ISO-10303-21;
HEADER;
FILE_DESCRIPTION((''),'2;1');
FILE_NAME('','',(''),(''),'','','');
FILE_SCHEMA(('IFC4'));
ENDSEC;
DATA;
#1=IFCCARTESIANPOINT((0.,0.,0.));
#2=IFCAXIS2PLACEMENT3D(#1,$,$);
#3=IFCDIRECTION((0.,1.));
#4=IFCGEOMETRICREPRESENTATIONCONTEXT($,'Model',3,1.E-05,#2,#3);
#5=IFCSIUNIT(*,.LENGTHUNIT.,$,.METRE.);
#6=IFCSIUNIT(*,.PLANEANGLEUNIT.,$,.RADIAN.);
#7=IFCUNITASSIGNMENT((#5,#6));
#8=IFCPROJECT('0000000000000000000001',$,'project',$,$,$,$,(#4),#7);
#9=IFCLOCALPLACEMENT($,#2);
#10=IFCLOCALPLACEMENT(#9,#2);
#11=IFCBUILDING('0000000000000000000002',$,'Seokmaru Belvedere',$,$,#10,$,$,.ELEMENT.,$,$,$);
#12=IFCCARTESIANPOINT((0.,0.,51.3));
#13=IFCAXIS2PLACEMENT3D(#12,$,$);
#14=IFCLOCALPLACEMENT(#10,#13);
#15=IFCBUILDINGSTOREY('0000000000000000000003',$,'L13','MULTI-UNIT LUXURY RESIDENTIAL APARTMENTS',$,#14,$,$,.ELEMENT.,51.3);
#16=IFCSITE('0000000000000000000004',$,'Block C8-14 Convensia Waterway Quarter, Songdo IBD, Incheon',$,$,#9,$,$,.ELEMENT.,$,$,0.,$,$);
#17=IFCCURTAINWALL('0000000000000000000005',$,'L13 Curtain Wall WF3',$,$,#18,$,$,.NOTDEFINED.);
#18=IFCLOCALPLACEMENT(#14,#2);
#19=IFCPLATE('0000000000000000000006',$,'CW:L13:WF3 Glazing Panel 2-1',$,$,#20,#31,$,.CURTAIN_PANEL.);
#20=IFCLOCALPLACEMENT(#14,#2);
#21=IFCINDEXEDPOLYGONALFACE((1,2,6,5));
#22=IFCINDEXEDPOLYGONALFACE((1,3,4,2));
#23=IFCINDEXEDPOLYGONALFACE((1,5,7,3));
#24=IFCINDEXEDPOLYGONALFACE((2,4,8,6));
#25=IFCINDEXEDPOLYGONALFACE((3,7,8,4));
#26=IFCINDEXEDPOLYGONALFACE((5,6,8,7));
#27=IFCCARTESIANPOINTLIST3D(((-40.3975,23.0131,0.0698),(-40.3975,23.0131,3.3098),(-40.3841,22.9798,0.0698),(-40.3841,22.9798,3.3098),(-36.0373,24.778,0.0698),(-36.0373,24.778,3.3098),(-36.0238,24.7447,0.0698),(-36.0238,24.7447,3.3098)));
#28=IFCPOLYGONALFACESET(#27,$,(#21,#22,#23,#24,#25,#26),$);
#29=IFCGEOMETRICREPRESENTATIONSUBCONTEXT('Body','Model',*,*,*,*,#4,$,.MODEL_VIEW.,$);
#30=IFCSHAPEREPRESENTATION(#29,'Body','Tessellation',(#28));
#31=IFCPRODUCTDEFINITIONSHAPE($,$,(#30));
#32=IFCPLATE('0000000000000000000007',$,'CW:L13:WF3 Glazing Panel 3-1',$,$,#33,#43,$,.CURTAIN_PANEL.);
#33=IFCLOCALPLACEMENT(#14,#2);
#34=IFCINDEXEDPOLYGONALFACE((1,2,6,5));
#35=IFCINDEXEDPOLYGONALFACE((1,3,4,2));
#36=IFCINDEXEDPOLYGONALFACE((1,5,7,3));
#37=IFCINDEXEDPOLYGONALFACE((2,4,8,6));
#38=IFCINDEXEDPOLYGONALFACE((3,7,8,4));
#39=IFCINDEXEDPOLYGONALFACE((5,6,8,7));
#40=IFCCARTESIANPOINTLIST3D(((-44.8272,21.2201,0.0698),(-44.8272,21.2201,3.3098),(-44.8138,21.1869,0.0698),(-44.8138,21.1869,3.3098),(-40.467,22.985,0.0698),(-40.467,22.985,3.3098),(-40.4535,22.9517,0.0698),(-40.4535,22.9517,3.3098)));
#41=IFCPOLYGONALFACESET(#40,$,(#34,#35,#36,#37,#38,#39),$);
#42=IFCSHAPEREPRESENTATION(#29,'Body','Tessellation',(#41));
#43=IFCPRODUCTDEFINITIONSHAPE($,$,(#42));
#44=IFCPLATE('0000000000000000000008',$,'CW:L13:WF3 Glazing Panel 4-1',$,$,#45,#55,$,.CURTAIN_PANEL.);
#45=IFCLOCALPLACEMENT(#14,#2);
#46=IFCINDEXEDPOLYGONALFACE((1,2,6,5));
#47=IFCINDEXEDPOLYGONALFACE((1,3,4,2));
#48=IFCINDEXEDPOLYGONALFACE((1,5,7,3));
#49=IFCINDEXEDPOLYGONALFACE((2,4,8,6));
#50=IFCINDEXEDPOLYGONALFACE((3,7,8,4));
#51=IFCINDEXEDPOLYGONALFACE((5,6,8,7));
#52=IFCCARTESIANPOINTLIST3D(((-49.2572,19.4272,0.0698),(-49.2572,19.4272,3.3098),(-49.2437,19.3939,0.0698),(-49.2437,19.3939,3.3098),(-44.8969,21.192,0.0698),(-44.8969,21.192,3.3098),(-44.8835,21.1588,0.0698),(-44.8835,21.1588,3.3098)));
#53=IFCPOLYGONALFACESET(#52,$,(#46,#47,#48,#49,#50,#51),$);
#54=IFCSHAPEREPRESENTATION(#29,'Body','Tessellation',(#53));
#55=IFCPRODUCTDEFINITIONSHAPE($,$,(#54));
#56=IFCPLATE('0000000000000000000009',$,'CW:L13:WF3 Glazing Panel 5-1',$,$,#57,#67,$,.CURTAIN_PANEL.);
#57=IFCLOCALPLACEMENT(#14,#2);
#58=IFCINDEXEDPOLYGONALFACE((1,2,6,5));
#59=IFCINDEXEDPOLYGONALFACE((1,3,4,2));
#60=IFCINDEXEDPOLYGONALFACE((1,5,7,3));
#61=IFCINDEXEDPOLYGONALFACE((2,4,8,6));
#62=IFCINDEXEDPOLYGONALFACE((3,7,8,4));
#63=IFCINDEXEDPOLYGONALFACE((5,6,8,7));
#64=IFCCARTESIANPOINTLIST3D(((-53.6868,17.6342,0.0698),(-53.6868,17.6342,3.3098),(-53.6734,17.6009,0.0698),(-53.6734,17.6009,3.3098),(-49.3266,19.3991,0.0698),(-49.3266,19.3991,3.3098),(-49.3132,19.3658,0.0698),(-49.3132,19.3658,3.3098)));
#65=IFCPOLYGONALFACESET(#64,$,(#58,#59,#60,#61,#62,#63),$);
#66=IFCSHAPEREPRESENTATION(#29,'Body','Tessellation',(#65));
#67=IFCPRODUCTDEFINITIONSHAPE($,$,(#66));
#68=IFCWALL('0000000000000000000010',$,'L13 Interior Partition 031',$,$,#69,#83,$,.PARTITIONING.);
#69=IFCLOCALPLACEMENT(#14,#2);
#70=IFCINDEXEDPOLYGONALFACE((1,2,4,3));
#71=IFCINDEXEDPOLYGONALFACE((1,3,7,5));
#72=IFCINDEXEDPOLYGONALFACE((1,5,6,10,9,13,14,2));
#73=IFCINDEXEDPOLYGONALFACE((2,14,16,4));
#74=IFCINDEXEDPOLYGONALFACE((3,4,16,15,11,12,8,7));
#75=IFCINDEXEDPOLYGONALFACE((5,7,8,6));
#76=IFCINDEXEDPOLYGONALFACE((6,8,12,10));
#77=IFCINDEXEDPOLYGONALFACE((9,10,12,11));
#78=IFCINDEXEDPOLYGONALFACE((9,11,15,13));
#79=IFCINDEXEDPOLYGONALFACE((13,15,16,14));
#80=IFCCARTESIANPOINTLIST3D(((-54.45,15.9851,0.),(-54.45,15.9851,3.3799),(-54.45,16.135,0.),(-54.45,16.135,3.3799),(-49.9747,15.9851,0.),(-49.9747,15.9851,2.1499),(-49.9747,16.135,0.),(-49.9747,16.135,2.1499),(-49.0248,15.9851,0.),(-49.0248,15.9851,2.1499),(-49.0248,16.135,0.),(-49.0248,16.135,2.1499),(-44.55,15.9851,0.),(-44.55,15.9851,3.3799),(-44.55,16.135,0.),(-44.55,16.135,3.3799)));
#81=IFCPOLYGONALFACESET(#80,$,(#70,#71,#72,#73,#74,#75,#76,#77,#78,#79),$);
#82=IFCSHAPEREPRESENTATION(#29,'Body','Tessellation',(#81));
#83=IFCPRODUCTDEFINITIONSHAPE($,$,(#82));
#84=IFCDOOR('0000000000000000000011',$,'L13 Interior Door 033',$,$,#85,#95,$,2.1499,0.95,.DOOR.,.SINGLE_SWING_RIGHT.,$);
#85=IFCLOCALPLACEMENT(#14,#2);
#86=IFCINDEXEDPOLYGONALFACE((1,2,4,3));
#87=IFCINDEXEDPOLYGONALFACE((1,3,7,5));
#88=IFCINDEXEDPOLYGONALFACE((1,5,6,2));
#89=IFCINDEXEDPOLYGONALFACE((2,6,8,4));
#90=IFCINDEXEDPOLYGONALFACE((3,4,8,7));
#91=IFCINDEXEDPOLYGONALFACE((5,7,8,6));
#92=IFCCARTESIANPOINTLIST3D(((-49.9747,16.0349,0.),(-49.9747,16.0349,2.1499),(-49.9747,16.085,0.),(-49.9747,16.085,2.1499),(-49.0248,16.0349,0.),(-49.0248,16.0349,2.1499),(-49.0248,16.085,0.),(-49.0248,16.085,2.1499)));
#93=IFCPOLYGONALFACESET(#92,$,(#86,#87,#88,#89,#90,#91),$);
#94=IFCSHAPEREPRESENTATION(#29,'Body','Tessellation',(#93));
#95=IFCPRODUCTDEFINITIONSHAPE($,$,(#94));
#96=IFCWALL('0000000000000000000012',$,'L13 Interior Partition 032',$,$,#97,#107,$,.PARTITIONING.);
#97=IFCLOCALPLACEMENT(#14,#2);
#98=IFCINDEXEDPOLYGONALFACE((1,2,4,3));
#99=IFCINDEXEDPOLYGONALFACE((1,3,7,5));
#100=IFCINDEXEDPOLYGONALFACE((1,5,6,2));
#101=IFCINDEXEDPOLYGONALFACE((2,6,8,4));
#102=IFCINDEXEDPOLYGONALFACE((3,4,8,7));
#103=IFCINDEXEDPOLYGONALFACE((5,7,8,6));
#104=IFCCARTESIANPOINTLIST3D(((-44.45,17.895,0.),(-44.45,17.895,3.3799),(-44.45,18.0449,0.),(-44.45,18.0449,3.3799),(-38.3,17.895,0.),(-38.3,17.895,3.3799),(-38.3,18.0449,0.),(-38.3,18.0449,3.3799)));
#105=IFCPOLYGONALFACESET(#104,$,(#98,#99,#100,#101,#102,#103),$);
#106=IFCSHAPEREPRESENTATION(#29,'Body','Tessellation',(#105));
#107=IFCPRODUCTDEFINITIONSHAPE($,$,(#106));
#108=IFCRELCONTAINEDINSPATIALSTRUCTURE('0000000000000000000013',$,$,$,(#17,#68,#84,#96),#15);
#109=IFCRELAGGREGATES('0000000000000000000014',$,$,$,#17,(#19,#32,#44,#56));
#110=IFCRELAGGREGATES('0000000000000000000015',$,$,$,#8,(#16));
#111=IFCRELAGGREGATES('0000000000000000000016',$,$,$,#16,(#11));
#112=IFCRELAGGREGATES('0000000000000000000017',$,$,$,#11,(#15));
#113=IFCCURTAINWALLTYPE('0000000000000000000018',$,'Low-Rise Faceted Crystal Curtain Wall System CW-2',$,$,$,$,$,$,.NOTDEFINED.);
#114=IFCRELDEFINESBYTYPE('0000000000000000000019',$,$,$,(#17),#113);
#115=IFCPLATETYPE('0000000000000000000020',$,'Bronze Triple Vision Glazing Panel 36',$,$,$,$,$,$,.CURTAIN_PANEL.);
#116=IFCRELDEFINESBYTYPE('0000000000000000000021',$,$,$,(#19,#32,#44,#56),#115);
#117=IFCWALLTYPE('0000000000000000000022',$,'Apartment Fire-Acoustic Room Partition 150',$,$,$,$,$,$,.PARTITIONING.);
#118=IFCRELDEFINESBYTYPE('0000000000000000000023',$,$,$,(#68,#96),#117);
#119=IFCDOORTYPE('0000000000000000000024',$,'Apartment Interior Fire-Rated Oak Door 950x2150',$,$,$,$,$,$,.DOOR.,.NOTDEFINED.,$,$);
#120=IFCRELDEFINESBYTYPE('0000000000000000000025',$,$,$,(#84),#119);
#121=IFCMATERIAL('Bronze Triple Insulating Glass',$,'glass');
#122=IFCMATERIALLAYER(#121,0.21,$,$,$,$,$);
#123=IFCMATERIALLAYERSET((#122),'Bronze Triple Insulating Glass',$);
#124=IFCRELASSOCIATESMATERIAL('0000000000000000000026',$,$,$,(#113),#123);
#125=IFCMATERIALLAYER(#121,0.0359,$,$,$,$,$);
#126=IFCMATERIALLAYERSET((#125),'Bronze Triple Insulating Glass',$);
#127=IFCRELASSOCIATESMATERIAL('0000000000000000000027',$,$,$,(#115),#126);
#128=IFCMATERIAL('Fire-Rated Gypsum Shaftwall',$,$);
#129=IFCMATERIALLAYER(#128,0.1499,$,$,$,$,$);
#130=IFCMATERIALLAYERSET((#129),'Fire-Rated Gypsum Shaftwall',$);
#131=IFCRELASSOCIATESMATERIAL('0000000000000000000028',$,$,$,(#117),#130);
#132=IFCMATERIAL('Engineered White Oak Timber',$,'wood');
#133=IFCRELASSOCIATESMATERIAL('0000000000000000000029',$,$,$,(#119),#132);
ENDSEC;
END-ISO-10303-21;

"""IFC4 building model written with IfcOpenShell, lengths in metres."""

from ifc_helpers import new_model, si_unit, direction, frame, frame_2d, origin, origin_2d, place, context, subcontext, project, spatial, rectangle, extrude, source, transform, mapped, material, layer, layer_set, type_object, type_shapes, element, fill, aggregate, save


model = new_model("IFC4")

# Units and contexts
model_context = context("Model", 3, precision=1e-05, world=origin(), true_north=direction((0.0, 1.0)))
body_context = subcontext(model_context, "Body", "Model", "MODEL_VIEW")
ifc_project = project(units=[si_unit("LENGTHUNIT", "METRE"), si_unit("PLANEANGLEUNIT", "RADIAN")], contexts=[model_context])

# Site, building, storey
site_placement = place(None, origin())
site = spatial("IfcSite", under=ifc_project, at=site_placement, Name="Block C8-14 Convensia Waterway Quarter, Songdo IBD, Incheon", CompositionType="ELEMENT", RefElevation=0.0)
building_placement = place(site_placement, origin())
building = spatial("IfcBuilding", under=site, at=building_placement, Name="Seokmaru Belvedere", CompositionType="ELEMENT")
storey_placement = place(building_placement, frame((0.0, 0.0, 51.3)))
storey = spatial("IfcBuildingStorey", under=building, at=storey_placement, Name="L13", Description="MULTI-UNIT LUXURY RESIDENTIAL APARTMENTS", CompositionType="ELEMENT", Elevation=51.3)

# Curtain wall, plates
ifc_material_1 = material(Name="Bronze Triple Insulating Glass", Category="glass")
ifc_layer_1 = layer(ifc_material_1, 0.21)
ifc_layer_set_1 = layer_set([ifc_layer_1], Name="Bronze Triple Insulating Glass")
curtain_wall_type = type_object("IfcCurtainWallType", Name="Low-Rise Faceted Crystal Curtain Wall System CW-2", PredefinedType="NOTDEFINED", material=ifc_layer_set_1)
curtain_wall_placement = place(storey_placement, origin())
curtain_wall = element("IfcCurtainWall", 1, at=curtain_wall_placement, inside=storey, type_object=curtain_wall_type, Name="L13 Curtain Wall WF3", PredefinedType="NOTDEFINED")
ifc_layer_2 = layer(ifc_material_1, 0.0359)
ifc_layer_set_2 = layer_set([ifc_layer_2], Name="Bronze Triple Insulating Glass")
plate_type = type_object("IfcPlateType", Name="Bronze Triple Vision Glazing Panel 36", PredefinedType="CURTAIN_PANEL", material=ifc_layer_set_2)
shared_shape_1 = source(origin(), body_context, "Body", "SweptSolid", [
    extrude(rectangle(XDim=4.7039, YDim=0.0359, at=origin_2d()), origin(), (0.0, 0.0, 1.0), 3.24),
])
type_shapes(plate_type, [shared_shape_1])
plate_1_placement = place(storey_placement, frame((-38.2107, 23.8789, 0.0698), z_axis=(0.0, 0.0, 1.0), x_axis=(-0.926947, -0.375192, 0.0)))
plate_1 = element("IfcPlate", 2, at=plate_1_placement, type_object=plate_type, Name="CW:L13:WF3 Glazing Panel 2-1", PredefinedType="CURTAIN_PANEL", context=body_context, shape_type="MappedRepresentation", body=[
    mapped(shared_shape_1, transform((0.0, 0.0, 0.0), scale=1.0)),
])
plate_2_placement = place(storey_placement, frame((-42.6404, 22.0859, 0.0698), z_axis=(0.0, 0.0, 1.0), x_axis=(-0.926947, -0.375192, 0.0)))
plate_2 = element("IfcPlate", 3, at=plate_2_placement, type_object=plate_type, Name="CW:L13:WF3 Glazing Panel 3-1", PredefinedType="CURTAIN_PANEL", context=body_context, shape_type="MappedRepresentation", body=[
    mapped(shared_shape_1, transform((0.0, 0.0, 0.0), scale=1.0)),
])
plate_3_placement = place(storey_placement, frame((-47.0703, 20.293, 0.0698), z_axis=(0.0, 0.0, 1.0), x_axis=(-0.926947, -0.375192, 0.0)))
plate_3 = element("IfcPlate", 4, at=plate_3_placement, type_object=plate_type, Name="CW:L13:WF3 Glazing Panel 4-1", PredefinedType="CURTAIN_PANEL", context=body_context, shape_type="MappedRepresentation", body=[
    mapped(shared_shape_1, transform((0.0, 0.0, 0.0), scale=1.0)),
])
plate_4_placement = place(storey_placement, frame((-51.5, 18.5, 0.0698), z_axis=(0.0, 0.0, 1.0), x_axis=(-0.926947, -0.375192, 0.0)))
plate_4 = element("IfcPlate", 5, at=plate_4_placement, type_object=plate_type, Name="CW:L13:WF3 Glazing Panel 5-1", PredefinedType="CURTAIN_PANEL", context=body_context, shape_type="MappedRepresentation", body=[
    mapped(shared_shape_1, transform((0.0, 0.0, 0.0), scale=1.0)),
])
aggregate(curtain_wall, [plate_1, plate_2, plate_3, plate_4])

# Wall, opening, door
ifc_material_2 = material(Name="Fire-Rated Gypsum Shaftwall")
ifc_layer_3 = layer(ifc_material_2, 0.1499)
ifc_layer_set_3 = layer_set([ifc_layer_3], Name="Fire-Rated Gypsum Shaftwall")
wall_type = type_object("IfcWallType", Name="Apartment Fire-Acoustic Room Partition 150", PredefinedType="PARTITIONING", material=ifc_layer_set_3)
wall_1_placement = place(storey_placement, frame((-54.45, 16.0601, 0.0), z_axis=(0.0, 0.0, 1.0), x_axis=(1.0, 0.0, 0.0)))
wall_1 = element("IfcWall", 6, at=wall_1_placement, inside=storey, type_object=wall_type, Name="L13 Interior Partition 031", PredefinedType="PARTITIONING", context=body_context, shape_type="SweptSolid", body=[
    extrude(rectangle(XDim=9.8999, YDim=0.1499, at=frame_2d((4.95, 0.0))), origin(), (0.0, 0.0, 1.0), 3.3799),
])
opening_placement = place(wall_1_placement, frame((4.4751, 0.0, 0.0)))
opening = element("IfcOpeningElement", 7, at=opening_placement, cuts=wall_1, PredefinedType="OPENING", context=body_context, shape_type="SweptSolid", body=[
    extrude(rectangle(XDim=0.95, YDim=2.1499, at=frame_2d((0.4751, 1.075))), frame((0.0, 0.085, 0.0), z_axis=(0.0, -1.0, 0.0), x_axis=(1.0, 0.0, 0.0)), (0.0, 0.0, 1.0), 0.1699),
])
ifc_material_3 = material(Name="Engineered White Oak Timber", Category="wood")
door_type = type_object("IfcDoorType", Name="Apartment Interior Fire-Rated Oak Door 950x2150", OperationType="NOTDEFINED", PredefinedType="DOOR", material=ifc_material_3)
shared_shape_2 = source(origin(), body_context, "Body", "SweptSolid", [
    extrude(rectangle(XDim=0.95, YDim=2.1499, at=frame_2d((0.4751, 1.075))), frame((0.0, 0.0249, 0.0), z_axis=(0.0, -1.0, 0.0), x_axis=(1.0, 0.0, 0.0)), (0.0, 0.0, 1.0), 0.05),
])
type_shapes(door_type, [shared_shape_2])
door_placement = place(opening_placement, origin())
door = element("IfcDoor", 8, at=door_placement, inside=storey, type_object=door_type, Name="L13 Interior Door 033", OperationType="SINGLE_SWING_RIGHT", OverallHeight=2.1499, OverallWidth=0.95, PredefinedType="DOOR", context=body_context, shape_type="MappedRepresentation", body=[
    mapped(shared_shape_2, transform((0.0, 0.0, 0.0), scale=1.0)),
])
fill(opening, door)

# Wall
wall_2_placement = place(storey_placement, frame((-44.45, 17.97, 0.0), z_axis=(0.0, 0.0, 1.0), x_axis=(1.0, 0.0, 0.0)))
element("IfcWall", 9, at=wall_2_placement, inside=storey, type_object=wall_type, Name="L13 Interior Partition 032", PredefinedType="PARTITIONING", context=body_context, shape_type="SweptSolid", body=[
    extrude(rectangle(XDim=6.1499, YDim=0.1499, at=frame_2d((3.075, 0.0))), origin(), (0.0, 0.0, 1.0), 3.3799),
])

save(model, "model.ifc")
